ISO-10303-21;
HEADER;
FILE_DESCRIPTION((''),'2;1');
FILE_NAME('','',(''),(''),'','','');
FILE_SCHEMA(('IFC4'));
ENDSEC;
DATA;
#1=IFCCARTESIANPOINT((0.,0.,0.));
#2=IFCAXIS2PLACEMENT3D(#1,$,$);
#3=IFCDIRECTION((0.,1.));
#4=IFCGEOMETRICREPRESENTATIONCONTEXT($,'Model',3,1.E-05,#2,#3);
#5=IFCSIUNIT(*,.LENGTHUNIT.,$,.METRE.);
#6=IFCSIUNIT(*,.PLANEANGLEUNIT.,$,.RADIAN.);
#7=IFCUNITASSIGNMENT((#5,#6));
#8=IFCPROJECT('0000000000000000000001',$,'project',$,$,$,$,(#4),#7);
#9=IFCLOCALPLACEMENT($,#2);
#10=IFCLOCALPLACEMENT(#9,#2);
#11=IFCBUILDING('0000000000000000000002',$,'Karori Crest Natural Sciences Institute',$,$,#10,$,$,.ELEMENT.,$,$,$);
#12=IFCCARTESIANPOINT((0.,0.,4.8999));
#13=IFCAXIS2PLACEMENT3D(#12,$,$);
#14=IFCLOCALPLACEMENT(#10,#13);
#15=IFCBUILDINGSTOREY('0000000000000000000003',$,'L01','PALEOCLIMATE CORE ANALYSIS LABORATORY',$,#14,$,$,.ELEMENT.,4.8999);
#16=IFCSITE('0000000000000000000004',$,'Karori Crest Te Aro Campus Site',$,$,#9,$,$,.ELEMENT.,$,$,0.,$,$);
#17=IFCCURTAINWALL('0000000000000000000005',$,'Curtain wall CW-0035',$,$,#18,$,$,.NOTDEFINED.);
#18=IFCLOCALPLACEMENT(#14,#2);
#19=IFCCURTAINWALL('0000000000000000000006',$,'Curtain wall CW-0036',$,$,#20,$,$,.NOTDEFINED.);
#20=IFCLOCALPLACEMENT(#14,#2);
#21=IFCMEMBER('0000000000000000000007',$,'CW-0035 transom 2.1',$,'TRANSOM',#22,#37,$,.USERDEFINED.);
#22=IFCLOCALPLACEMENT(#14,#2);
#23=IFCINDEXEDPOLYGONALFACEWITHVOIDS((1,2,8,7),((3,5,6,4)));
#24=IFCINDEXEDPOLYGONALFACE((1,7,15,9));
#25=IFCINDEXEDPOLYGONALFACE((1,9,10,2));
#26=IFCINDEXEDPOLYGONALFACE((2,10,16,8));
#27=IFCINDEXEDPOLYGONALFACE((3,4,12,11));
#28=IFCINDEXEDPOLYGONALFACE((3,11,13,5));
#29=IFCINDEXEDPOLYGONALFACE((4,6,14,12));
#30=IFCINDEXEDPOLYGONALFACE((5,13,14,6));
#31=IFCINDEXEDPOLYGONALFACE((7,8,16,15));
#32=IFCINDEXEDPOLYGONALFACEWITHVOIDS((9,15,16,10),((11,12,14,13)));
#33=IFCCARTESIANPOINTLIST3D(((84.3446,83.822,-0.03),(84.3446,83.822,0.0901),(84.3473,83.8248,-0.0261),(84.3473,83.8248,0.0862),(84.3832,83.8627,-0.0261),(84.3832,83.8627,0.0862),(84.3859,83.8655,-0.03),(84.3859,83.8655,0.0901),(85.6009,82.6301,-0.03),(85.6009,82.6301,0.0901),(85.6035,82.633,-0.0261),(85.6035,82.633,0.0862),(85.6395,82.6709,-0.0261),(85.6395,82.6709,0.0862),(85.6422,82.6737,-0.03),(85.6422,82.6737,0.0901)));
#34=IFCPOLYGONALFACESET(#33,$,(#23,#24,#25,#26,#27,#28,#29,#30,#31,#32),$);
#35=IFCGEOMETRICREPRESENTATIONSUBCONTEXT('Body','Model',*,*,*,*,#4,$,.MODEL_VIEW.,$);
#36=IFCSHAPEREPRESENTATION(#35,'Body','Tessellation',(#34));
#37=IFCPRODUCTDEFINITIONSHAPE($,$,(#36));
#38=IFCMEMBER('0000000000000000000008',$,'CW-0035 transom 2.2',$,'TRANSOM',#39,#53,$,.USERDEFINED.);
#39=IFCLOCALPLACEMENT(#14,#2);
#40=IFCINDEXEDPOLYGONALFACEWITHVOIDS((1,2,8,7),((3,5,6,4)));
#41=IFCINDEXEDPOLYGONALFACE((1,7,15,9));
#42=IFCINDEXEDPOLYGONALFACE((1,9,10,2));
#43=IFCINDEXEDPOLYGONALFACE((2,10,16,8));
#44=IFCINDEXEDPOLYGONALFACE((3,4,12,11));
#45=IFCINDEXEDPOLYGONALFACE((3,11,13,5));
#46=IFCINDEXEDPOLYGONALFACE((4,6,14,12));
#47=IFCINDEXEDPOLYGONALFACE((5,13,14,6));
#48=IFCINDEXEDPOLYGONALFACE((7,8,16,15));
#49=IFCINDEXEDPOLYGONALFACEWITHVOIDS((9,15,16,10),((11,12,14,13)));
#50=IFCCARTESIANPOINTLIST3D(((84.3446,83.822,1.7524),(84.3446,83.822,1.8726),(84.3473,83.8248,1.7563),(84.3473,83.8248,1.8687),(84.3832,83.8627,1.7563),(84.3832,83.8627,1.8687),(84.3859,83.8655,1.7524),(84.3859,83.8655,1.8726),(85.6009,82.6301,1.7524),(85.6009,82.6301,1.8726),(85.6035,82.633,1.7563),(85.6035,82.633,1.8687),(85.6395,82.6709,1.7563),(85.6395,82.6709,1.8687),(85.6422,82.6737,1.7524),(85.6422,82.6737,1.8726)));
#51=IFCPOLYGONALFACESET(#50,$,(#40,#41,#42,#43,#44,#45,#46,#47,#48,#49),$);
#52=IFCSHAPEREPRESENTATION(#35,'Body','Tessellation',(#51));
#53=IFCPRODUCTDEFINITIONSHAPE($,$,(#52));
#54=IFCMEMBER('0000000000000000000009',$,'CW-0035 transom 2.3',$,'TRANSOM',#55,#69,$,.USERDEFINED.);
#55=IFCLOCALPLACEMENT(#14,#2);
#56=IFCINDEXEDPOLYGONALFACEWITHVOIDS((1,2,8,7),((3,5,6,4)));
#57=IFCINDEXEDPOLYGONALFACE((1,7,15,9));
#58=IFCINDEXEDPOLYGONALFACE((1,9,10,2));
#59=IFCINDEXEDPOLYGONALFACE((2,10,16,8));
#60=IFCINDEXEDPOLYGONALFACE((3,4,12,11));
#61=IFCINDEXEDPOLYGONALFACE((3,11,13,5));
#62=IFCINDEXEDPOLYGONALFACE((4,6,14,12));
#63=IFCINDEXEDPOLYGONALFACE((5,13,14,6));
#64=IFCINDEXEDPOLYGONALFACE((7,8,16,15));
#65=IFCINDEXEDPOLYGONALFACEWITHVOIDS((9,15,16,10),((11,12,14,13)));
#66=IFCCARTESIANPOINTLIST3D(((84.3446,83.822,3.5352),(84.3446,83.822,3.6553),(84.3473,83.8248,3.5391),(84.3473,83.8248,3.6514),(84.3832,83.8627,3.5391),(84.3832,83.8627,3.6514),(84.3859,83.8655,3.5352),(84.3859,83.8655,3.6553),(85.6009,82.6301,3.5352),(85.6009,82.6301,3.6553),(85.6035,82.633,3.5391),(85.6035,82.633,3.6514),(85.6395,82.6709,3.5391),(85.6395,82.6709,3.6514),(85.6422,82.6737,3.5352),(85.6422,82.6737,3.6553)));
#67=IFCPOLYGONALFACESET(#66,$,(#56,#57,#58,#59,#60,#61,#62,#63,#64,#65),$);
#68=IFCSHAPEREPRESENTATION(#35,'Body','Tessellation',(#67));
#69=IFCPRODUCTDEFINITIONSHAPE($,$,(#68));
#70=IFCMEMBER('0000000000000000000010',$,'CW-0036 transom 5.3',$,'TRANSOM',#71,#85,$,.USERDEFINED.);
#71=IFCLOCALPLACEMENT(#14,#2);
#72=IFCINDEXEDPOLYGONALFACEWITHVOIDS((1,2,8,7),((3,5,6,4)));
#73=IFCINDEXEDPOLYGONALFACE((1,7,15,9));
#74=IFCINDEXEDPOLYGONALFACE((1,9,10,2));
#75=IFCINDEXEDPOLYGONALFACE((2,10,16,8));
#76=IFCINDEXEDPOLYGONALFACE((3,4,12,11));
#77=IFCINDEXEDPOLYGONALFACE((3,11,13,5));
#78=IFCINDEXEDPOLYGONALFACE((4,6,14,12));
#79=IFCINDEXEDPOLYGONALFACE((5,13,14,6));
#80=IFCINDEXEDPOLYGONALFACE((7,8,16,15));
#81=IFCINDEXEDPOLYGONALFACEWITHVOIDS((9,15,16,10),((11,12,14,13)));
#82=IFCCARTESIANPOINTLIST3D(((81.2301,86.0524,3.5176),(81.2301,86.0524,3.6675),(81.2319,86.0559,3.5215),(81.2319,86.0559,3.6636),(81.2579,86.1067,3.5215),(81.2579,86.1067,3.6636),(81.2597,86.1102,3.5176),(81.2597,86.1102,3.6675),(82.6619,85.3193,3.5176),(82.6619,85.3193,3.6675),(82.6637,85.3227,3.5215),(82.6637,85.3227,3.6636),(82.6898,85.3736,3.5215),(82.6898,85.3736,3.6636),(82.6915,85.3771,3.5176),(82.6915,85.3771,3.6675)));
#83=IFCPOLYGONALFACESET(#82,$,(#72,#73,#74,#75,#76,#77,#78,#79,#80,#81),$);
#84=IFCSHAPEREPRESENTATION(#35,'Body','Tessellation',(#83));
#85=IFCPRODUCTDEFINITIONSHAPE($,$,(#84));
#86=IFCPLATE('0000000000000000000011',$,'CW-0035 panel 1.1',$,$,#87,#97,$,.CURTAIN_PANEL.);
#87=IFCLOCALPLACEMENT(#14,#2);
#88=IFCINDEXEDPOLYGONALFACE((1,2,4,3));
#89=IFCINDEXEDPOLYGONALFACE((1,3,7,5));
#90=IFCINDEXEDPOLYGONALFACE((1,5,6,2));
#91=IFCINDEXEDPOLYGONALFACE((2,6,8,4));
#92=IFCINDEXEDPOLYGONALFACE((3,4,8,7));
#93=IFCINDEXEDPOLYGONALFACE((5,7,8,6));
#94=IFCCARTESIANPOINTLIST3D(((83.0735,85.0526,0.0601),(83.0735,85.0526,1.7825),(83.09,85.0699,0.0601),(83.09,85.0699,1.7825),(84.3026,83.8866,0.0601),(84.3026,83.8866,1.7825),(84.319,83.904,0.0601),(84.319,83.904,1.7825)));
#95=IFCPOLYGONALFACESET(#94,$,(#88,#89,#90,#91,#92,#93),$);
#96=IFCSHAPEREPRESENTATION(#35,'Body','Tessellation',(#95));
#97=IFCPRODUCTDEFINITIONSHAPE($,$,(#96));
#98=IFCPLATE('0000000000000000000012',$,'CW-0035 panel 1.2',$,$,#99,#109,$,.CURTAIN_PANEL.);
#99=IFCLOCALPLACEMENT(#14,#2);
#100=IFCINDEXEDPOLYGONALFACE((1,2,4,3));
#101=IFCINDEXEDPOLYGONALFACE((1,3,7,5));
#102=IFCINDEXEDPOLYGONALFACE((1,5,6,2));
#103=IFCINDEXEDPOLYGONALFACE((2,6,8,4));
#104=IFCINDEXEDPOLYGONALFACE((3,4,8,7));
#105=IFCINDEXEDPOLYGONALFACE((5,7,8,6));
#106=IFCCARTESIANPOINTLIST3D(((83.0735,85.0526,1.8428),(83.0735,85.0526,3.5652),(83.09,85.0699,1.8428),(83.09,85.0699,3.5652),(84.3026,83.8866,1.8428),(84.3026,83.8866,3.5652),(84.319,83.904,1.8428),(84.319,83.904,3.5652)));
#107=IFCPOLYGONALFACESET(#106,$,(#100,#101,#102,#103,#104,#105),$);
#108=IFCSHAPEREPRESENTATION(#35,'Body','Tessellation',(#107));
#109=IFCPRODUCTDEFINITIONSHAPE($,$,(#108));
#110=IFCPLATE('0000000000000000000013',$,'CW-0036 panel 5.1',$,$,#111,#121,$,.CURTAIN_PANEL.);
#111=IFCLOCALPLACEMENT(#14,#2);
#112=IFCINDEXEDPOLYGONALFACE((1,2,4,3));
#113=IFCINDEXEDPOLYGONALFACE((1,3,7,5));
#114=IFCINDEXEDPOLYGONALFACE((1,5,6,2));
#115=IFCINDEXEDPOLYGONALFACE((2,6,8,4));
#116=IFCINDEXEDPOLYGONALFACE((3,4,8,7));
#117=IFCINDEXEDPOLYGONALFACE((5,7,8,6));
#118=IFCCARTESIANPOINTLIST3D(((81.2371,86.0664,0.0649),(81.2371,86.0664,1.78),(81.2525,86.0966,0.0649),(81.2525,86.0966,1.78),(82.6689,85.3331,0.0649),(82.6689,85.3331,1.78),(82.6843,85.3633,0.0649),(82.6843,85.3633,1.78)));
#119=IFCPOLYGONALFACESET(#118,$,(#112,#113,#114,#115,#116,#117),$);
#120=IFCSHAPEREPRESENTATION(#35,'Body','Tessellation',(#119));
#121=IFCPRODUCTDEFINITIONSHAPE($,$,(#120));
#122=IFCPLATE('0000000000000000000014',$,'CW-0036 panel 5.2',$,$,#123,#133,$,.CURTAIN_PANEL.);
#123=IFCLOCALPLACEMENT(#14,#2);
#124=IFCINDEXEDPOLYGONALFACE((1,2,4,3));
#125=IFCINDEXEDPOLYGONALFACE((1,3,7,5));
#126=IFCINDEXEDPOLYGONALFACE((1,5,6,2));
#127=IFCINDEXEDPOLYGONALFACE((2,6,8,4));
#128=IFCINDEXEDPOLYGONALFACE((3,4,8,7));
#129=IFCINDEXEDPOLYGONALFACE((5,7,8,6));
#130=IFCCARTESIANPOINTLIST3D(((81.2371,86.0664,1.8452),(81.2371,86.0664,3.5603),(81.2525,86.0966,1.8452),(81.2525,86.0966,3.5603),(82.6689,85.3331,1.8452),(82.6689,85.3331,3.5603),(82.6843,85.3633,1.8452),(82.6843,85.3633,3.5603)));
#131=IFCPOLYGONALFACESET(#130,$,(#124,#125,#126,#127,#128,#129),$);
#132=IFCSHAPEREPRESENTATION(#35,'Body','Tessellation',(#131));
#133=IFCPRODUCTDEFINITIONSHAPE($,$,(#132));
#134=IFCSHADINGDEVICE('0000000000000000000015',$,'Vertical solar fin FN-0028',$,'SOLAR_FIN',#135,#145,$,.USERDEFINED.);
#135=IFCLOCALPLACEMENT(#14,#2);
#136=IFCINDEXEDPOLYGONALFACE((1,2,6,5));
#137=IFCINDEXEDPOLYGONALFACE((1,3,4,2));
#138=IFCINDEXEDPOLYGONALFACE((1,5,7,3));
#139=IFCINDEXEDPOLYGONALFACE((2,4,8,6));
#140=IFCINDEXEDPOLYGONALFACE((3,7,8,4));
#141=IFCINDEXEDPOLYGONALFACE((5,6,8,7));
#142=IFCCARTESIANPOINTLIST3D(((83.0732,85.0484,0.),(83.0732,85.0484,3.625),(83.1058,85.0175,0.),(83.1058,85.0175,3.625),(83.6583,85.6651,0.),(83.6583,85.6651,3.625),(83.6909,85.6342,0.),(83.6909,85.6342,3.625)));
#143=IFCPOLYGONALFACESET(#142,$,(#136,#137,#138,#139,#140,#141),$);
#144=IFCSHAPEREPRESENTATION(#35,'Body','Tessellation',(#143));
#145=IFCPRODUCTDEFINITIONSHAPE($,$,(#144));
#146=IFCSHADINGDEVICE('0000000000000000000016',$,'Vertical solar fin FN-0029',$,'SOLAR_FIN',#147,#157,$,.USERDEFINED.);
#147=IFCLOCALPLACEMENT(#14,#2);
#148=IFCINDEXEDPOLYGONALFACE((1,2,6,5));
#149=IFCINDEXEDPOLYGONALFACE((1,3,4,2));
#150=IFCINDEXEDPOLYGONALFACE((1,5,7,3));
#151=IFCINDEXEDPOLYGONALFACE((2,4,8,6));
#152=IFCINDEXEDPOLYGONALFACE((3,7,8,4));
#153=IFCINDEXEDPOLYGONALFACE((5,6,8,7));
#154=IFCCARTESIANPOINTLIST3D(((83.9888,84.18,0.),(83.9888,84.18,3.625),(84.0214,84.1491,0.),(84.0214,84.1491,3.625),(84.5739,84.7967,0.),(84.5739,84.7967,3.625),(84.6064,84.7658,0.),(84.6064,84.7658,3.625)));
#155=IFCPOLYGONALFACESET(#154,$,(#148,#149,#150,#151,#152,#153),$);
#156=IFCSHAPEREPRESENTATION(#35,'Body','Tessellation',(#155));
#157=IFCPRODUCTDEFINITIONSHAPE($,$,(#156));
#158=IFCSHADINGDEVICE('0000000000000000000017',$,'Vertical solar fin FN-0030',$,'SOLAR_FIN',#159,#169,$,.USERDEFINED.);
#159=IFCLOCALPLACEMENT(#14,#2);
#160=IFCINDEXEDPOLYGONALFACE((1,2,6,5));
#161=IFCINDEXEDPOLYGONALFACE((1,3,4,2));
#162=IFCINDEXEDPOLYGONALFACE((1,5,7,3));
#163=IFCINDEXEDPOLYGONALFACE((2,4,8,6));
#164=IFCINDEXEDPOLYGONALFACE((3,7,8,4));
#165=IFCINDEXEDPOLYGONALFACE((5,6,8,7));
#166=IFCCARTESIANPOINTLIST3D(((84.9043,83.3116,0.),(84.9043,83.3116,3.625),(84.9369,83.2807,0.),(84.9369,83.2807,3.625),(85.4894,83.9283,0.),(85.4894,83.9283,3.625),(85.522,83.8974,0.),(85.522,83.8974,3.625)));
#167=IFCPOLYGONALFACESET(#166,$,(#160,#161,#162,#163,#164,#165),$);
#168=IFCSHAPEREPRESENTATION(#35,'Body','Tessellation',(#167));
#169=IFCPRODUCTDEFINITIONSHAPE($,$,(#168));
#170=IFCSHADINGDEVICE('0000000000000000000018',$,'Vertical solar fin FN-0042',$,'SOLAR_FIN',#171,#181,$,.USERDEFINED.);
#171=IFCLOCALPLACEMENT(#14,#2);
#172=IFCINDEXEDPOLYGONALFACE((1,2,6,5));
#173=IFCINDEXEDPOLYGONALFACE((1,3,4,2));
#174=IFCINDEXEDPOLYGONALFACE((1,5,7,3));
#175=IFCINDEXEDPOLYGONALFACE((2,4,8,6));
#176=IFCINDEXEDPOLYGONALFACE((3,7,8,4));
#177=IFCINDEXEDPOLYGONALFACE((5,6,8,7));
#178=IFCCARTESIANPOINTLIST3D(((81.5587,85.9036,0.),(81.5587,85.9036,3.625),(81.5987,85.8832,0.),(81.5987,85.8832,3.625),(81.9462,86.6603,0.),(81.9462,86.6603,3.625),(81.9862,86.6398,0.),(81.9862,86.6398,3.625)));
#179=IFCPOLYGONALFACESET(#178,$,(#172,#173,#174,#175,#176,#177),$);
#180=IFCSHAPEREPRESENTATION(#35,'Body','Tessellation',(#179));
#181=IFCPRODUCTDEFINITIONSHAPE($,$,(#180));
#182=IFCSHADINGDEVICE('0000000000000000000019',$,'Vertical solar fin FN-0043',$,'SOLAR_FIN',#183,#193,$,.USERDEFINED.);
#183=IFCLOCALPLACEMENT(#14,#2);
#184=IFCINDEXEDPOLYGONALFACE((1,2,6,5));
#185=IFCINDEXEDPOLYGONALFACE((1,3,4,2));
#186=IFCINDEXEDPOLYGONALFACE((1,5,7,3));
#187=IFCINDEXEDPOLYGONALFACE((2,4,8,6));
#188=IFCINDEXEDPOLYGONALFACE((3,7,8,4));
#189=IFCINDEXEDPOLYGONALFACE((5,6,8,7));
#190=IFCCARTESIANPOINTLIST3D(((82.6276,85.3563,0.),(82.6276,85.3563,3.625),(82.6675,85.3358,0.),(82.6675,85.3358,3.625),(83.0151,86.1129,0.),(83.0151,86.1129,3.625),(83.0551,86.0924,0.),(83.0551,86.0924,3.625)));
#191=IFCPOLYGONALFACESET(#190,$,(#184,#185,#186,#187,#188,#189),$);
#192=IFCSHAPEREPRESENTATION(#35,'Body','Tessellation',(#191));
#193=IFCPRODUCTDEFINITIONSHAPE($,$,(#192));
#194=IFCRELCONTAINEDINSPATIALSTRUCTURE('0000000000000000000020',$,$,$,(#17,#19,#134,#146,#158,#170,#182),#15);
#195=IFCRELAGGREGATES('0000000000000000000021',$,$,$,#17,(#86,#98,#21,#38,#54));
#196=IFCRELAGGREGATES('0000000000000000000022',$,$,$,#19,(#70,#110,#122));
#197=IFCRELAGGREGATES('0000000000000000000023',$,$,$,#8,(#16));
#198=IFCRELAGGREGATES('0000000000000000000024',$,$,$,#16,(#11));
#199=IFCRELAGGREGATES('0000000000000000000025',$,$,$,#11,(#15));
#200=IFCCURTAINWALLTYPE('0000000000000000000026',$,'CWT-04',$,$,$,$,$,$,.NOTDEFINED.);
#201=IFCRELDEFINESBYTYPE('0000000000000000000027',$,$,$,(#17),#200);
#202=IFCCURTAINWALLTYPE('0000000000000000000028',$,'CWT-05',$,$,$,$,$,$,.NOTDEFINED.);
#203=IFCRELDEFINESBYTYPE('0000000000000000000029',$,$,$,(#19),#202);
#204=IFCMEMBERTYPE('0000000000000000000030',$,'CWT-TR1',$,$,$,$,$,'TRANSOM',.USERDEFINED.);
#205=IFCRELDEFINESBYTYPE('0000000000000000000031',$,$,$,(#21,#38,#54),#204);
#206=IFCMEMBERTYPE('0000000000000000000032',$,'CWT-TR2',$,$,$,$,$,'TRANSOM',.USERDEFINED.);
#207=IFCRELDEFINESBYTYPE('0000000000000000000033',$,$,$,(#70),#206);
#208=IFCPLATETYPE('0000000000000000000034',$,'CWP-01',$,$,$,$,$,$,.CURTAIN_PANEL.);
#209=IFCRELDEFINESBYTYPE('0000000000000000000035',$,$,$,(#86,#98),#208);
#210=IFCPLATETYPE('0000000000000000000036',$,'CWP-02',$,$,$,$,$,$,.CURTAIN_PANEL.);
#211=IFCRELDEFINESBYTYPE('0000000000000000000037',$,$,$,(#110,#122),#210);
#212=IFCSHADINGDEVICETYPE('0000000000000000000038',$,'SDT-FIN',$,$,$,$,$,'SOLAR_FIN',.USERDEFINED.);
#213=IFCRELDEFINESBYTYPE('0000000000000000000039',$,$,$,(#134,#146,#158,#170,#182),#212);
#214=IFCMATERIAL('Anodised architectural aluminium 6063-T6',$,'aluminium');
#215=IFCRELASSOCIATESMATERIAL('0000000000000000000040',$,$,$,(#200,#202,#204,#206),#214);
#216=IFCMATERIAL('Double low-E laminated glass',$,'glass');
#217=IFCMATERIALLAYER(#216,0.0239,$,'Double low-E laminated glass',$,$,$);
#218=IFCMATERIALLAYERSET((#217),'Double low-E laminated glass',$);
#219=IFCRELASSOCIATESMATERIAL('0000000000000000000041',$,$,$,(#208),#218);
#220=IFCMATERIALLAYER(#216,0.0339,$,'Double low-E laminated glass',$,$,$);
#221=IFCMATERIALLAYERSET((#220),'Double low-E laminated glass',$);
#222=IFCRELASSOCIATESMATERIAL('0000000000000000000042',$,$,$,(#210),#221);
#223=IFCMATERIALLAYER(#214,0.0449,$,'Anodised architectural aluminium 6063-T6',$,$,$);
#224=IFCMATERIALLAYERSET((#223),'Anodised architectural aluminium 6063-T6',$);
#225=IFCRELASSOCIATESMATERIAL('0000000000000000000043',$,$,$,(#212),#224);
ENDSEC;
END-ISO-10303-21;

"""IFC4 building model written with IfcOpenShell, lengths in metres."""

from ifc_helpers import new_model, si_unit, direction, frame, origin, origin_2d, place, context, subcontext, project, spatial, rectangle, hollow_rectangle, extrude, material, layer, layer_set, material_profile, profile_set, type_object, element, aggregate, save


model = new_model("IFC4")

# Units and contexts
model_context = context("Model", 3, precision=1e-05, world=origin(), true_north=direction((0.0, 1.0)))
body_context = subcontext(model_context, "Body", "Model", "MODEL_VIEW")
ifc_project = project(units=[si_unit("LENGTHUNIT", "METRE"), si_unit("PLANEANGLEUNIT", "RADIAN")], contexts=[model_context])

# Site, building, storey
site_placement = place(None, origin())
site = spatial("IfcSite", under=ifc_project, at=site_placement, Name="Karori Crest Te Aro Campus Site", CompositionType="ELEMENT", RefElevation=0.0)
building_placement = place(site_placement, origin())
building = spatial("IfcBuilding", under=site, at=building_placement, Name="Karori Crest Natural Sciences Institute", CompositionType="ELEMENT")
storey_placement = place(building_placement, frame((0.0, 0.0, 4.8999)))
storey = spatial("IfcBuildingStorey", under=building, at=storey_placement, Name="L01", Description="PALEOCLIMATE CORE ANALYSIS LABORATORY", CompositionType="ELEMENT", Elevation=4.8999)

# Curtain wall
ifc_material_1 = material(Name="Anodised architectural aluminium 6063-T6", Category="aluminium")
curtain_wall_type_1 = type_object("IfcCurtainWallType", Name="CWT-04", PredefinedType="NOTDEFINED", material=ifc_material_1)
curtain_wall_1_placement = place(storey_placement, origin())
curtain_wall_1 = element("IfcCurtainWall", 1, at=curtain_wall_1_placement, inside=storey, type_object=curtain_wall_type_1, Name="Curtain wall CW-0035", PredefinedType="NOTDEFINED")

# Curtain wall
curtain_wall_type_2 = type_object("IfcCurtainWallType", Name="CWT-05", PredefinedType="NOTDEFINED", material=ifc_material_1)
curtain_wall_2_placement = place(storey_placement, origin())
curtain_wall_2 = element("IfcCurtainWall", 2, at=curtain_wall_2_placement, inside=storey, type_object=curtain_wall_type_2, Name="Curtain wall CW-0036", PredefinedType="NOTDEFINED")

# Members
ifc_material_profile_1 = material_profile(ifc_material_1, hollow_rectangle(XDim=0.0601, YDim=0.1201, WallThickness=0.0039, at=origin_2d()), Name="CWT120x60x4")
ifc_profile_set_1 = profile_set([ifc_material_profile_1], Name="Anodised architectural aluminium 6063-T6")
member_type_1 = type_object("IfcMemberType", Name="CWT-TR1", ElementType="TRANSOM", PredefinedType="USERDEFINED", material=ifc_profile_set_1)
member_1_placement = place(storey_placement, frame((84.3652, 83.8438, 0.03), z_axis=(0.725471, -0.688253, 0.0), x_axis=(0.688253, 0.725471, 0.0)))
member_1 = element("IfcMember", 3, at=member_1_placement, type_object=member_type_1, Name="CW-0035 transom 2.1", ObjectType="TRANSOM", PredefinedType="USERDEFINED", context=body_context, shape_type="SweptSolid", body=[
    extrude(hollow_rectangle(XDim=0.0601, YDim=0.1201, WallThickness=0.0039, at=origin_2d()), origin(), (0.0, 0.0, 1.0), 1.7317),
])
member_2_placement = place(storey_placement, frame((84.3652, 83.8438, 1.8125), z_axis=(0.725471, -0.688253, 0.0), x_axis=(0.688253, 0.725471, 0.0)))
member_2 = element("IfcMember", 4, at=member_2_placement, type_object=member_type_1, Name="CW-0035 transom 2.2", ObjectType="TRANSOM", PredefinedType="USERDEFINED", context=body_context, shape_type="SweptSolid", body=[
    extrude(hollow_rectangle(XDim=0.0601, YDim=0.1201, WallThickness=0.0039, at=origin_2d()), origin(), (0.0, 0.0, 1.0), 1.7317),
])
member_3_placement = place(storey_placement, frame((84.3652, 83.8438, 3.5952), z_axis=(0.725471, -0.688253, 0.0), x_axis=(0.688253, 0.725471, 0.0)))
member_3 = element("IfcMember", 5, at=member_3_placement, type_object=member_type_1, Name="CW-0035 transom 2.3", ObjectType="TRANSOM", PredefinedType="USERDEFINED", context=body_context, shape_type="SweptSolid", body=[
    extrude(hollow_rectangle(XDim=0.0601, YDim=0.1201, WallThickness=0.0039, at=origin_2d()), origin(), (0.0, 0.0, 1.0), 1.7317),
])
ifc_material_profile_2 = material_profile(ifc_material_1, hollow_rectangle(XDim=0.0649, YDim=0.1499, WallThickness=0.0039, at=origin_2d()), Name="CWT150x65x4")
ifc_profile_set_2 = profile_set([ifc_material_profile_2], Name="Anodised architectural aluminium 6063-T6")
member_type_2 = type_object("IfcMemberType", Name="CWT-TR2", ElementType="TRANSOM", PredefinedType="USERDEFINED", material=ifc_profile_set_2)
member_4_placement = place(storey_placement, frame((81.2449, 86.0813, 3.5925), z_axis=(0.890106, -0.455753, 0.0), x_axis=(0.455753, 0.890106, 0.0)))
member_4 = element("IfcMember", 6, at=member_4_placement, type_object=member_type_2, Name="CW-0036 transom 5.3", ObjectType="TRANSOM", PredefinedType="USERDEFINED", context=body_context, shape_type="SweptSolid", body=[
    extrude(hollow_rectangle(XDim=0.0649, YDim=0.1499, WallThickness=0.0039, at=origin_2d()), origin(), (0.0, 0.0, 1.0), 1.6086),
])

# Plates
ifc_material_2 = material(Name="Double low-E laminated glass", Category="glass")
ifc_layer_1 = layer(ifc_material_2, 0.0239, Name="Double low-E laminated glass")
ifc_layer_set_1 = layer_set([ifc_layer_1], Name="Double low-E laminated glass")
plate_type_1 = type_object("IfcPlateType", Name="CWP-01", PredefinedType="CURTAIN_PANEL", material=ifc_layer_set_1)
plate_1_placement = place(storey_placement, frame((83.6963, 84.4783, 0.0601), z_axis=(0.0, 0.0, 1.0), x_axis=(0.725477, -0.688246, 0.0)))
plate_1 = element("IfcPlate", 7, at=plate_1_placement, type_object=plate_type_1, Name="CW-0035 panel 1.1", PredefinedType="CURTAIN_PANEL", context=body_context, shape_type="SweptSolid", body=[
    extrude(rectangle(XDim=1.6941, YDim=0.0239, at=origin_2d()), origin(), (0.0, 0.0, 1.0), 1.7224),
])
plate_2_placement = place(storey_placement, frame((83.6963, 84.4783, 1.8428), z_axis=(0.0, 0.0, 1.0), x_axis=(0.725477, -0.688246, 0.0)))
plate_2 = element("IfcPlate", 8, at=plate_2_placement, type_object=plate_type_1, Name="CW-0035 panel 1.2", PredefinedType="CURTAIN_PANEL", context=body_context, shape_type="SweptSolid", body=[
    extrude(rectangle(XDim=1.6941, YDim=0.0239, at=origin_2d()), origin(), (0.0, 0.0, 1.0), 1.7224),
])
aggregate(curtain_wall_1, [plate_1, plate_2, member_1, member_2, member_3])
ifc_layer_2 = layer(ifc_material_2, 0.0339, Name="Double low-E laminated glass")
ifc_layer_set_2 = layer_set([ifc_layer_2], Name="Double low-E laminated glass")
plate_type_2 = type_object("IfcPlateType", Name="CWP-02", PredefinedType="CURTAIN_PANEL", material=ifc_layer_set_2)
plate_3_placement = place(storey_placement, frame((81.9607, 85.7148, 0.0649), z_axis=(0.0, 0.0, 1.0), x_axis=(0.890065, -0.455833, 0.0)))
plate_3 = element("IfcPlate", 9, at=plate_3_placement, type_object=plate_type_2, Name="CW-0036 panel 5.1", PredefinedType="CURTAIN_PANEL", context=body_context, shape_type="SweptSolid", body=[
    extrude(rectangle(XDim=1.6086, YDim=0.0339, at=origin_2d()), origin(), (0.0, 0.0, 1.0), 1.7151),
])
plate_4_placement = place(storey_placement, frame((81.9607, 85.7148, 1.8452), z_axis=(0.0, 0.0, 1.0), x_axis=(0.890065, -0.455833, 0.0)))
plate_4 = element("IfcPlate", 10, at=plate_4_placement, type_object=plate_type_2, Name="CW-0036 panel 5.2", PredefinedType="CURTAIN_PANEL", context=body_context, shape_type="SweptSolid", body=[
    extrude(rectangle(XDim=1.6086, YDim=0.0339, at=origin_2d()), origin(), (0.0, 0.0, 1.0), 1.7151),
])
aggregate(curtain_wall_2, [member_4, plate_3, plate_4])

# Shading devices
ifc_layer_3 = layer(ifc_material_1, 0.0449, Name="Anodised architectural aluminium 6063-T6")
ifc_layer_set_3 = layer_set([ifc_layer_3], Name="Anodised architectural aluminium 6063-T6")
shading_device_type = type_object("IfcShadingDeviceType", Name="SDT-FIN", ElementType="SOLAR_FIN", PredefinedType="USERDEFINED", material=ifc_layer_set_3)
for number, where, z_axis, x_axis, name in (
    (11, (83.3821, 85.3413, 0.0), (0.0, 0.0, 1.0), (0.688246, 0.725478, 0.0), "Vertical solar fin FN-0028"),
    (12, (84.2976, 84.4729, 0.0), (0.0, 0.0, 1.0), (0.688246, 0.725478, 0.0), "Vertical solar fin FN-0029"),
    (13, (85.2131, 83.6045, 0.0), (0.0, 0.0, 1.0), (0.688246, 0.725478, 0.0), "Vertical solar fin FN-0030"),
    (14, (81.7725, 86.2717, 0.0), (0.0, 0.0, 1.0), (0.455832, 0.890066, 0.0), "Vertical solar fin FN-0042"),
    (15, (82.8413, 85.7244, 0.0), (0.0, 0.0, 1.0), (0.455832, 0.890066, 0.0), "Vertical solar fin FN-0043"),
):
    element("IfcShadingDevice", number, at=place(storey_placement, frame(where, z_axis=z_axis, x_axis=x_axis)), inside=storey, type_object=shading_device_type, Name=name, ObjectType="SOLAR_FIN", PredefinedType="USERDEFINED", context=body_context, shape_type="SweptSolid", body=[
        extrude(rectangle(XDim=0.8501, YDim=0.0449, at=origin_2d()), origin(), (0.0, 0.0, 1.0), 3.625),
    ])

save(model, "model.ifc")
